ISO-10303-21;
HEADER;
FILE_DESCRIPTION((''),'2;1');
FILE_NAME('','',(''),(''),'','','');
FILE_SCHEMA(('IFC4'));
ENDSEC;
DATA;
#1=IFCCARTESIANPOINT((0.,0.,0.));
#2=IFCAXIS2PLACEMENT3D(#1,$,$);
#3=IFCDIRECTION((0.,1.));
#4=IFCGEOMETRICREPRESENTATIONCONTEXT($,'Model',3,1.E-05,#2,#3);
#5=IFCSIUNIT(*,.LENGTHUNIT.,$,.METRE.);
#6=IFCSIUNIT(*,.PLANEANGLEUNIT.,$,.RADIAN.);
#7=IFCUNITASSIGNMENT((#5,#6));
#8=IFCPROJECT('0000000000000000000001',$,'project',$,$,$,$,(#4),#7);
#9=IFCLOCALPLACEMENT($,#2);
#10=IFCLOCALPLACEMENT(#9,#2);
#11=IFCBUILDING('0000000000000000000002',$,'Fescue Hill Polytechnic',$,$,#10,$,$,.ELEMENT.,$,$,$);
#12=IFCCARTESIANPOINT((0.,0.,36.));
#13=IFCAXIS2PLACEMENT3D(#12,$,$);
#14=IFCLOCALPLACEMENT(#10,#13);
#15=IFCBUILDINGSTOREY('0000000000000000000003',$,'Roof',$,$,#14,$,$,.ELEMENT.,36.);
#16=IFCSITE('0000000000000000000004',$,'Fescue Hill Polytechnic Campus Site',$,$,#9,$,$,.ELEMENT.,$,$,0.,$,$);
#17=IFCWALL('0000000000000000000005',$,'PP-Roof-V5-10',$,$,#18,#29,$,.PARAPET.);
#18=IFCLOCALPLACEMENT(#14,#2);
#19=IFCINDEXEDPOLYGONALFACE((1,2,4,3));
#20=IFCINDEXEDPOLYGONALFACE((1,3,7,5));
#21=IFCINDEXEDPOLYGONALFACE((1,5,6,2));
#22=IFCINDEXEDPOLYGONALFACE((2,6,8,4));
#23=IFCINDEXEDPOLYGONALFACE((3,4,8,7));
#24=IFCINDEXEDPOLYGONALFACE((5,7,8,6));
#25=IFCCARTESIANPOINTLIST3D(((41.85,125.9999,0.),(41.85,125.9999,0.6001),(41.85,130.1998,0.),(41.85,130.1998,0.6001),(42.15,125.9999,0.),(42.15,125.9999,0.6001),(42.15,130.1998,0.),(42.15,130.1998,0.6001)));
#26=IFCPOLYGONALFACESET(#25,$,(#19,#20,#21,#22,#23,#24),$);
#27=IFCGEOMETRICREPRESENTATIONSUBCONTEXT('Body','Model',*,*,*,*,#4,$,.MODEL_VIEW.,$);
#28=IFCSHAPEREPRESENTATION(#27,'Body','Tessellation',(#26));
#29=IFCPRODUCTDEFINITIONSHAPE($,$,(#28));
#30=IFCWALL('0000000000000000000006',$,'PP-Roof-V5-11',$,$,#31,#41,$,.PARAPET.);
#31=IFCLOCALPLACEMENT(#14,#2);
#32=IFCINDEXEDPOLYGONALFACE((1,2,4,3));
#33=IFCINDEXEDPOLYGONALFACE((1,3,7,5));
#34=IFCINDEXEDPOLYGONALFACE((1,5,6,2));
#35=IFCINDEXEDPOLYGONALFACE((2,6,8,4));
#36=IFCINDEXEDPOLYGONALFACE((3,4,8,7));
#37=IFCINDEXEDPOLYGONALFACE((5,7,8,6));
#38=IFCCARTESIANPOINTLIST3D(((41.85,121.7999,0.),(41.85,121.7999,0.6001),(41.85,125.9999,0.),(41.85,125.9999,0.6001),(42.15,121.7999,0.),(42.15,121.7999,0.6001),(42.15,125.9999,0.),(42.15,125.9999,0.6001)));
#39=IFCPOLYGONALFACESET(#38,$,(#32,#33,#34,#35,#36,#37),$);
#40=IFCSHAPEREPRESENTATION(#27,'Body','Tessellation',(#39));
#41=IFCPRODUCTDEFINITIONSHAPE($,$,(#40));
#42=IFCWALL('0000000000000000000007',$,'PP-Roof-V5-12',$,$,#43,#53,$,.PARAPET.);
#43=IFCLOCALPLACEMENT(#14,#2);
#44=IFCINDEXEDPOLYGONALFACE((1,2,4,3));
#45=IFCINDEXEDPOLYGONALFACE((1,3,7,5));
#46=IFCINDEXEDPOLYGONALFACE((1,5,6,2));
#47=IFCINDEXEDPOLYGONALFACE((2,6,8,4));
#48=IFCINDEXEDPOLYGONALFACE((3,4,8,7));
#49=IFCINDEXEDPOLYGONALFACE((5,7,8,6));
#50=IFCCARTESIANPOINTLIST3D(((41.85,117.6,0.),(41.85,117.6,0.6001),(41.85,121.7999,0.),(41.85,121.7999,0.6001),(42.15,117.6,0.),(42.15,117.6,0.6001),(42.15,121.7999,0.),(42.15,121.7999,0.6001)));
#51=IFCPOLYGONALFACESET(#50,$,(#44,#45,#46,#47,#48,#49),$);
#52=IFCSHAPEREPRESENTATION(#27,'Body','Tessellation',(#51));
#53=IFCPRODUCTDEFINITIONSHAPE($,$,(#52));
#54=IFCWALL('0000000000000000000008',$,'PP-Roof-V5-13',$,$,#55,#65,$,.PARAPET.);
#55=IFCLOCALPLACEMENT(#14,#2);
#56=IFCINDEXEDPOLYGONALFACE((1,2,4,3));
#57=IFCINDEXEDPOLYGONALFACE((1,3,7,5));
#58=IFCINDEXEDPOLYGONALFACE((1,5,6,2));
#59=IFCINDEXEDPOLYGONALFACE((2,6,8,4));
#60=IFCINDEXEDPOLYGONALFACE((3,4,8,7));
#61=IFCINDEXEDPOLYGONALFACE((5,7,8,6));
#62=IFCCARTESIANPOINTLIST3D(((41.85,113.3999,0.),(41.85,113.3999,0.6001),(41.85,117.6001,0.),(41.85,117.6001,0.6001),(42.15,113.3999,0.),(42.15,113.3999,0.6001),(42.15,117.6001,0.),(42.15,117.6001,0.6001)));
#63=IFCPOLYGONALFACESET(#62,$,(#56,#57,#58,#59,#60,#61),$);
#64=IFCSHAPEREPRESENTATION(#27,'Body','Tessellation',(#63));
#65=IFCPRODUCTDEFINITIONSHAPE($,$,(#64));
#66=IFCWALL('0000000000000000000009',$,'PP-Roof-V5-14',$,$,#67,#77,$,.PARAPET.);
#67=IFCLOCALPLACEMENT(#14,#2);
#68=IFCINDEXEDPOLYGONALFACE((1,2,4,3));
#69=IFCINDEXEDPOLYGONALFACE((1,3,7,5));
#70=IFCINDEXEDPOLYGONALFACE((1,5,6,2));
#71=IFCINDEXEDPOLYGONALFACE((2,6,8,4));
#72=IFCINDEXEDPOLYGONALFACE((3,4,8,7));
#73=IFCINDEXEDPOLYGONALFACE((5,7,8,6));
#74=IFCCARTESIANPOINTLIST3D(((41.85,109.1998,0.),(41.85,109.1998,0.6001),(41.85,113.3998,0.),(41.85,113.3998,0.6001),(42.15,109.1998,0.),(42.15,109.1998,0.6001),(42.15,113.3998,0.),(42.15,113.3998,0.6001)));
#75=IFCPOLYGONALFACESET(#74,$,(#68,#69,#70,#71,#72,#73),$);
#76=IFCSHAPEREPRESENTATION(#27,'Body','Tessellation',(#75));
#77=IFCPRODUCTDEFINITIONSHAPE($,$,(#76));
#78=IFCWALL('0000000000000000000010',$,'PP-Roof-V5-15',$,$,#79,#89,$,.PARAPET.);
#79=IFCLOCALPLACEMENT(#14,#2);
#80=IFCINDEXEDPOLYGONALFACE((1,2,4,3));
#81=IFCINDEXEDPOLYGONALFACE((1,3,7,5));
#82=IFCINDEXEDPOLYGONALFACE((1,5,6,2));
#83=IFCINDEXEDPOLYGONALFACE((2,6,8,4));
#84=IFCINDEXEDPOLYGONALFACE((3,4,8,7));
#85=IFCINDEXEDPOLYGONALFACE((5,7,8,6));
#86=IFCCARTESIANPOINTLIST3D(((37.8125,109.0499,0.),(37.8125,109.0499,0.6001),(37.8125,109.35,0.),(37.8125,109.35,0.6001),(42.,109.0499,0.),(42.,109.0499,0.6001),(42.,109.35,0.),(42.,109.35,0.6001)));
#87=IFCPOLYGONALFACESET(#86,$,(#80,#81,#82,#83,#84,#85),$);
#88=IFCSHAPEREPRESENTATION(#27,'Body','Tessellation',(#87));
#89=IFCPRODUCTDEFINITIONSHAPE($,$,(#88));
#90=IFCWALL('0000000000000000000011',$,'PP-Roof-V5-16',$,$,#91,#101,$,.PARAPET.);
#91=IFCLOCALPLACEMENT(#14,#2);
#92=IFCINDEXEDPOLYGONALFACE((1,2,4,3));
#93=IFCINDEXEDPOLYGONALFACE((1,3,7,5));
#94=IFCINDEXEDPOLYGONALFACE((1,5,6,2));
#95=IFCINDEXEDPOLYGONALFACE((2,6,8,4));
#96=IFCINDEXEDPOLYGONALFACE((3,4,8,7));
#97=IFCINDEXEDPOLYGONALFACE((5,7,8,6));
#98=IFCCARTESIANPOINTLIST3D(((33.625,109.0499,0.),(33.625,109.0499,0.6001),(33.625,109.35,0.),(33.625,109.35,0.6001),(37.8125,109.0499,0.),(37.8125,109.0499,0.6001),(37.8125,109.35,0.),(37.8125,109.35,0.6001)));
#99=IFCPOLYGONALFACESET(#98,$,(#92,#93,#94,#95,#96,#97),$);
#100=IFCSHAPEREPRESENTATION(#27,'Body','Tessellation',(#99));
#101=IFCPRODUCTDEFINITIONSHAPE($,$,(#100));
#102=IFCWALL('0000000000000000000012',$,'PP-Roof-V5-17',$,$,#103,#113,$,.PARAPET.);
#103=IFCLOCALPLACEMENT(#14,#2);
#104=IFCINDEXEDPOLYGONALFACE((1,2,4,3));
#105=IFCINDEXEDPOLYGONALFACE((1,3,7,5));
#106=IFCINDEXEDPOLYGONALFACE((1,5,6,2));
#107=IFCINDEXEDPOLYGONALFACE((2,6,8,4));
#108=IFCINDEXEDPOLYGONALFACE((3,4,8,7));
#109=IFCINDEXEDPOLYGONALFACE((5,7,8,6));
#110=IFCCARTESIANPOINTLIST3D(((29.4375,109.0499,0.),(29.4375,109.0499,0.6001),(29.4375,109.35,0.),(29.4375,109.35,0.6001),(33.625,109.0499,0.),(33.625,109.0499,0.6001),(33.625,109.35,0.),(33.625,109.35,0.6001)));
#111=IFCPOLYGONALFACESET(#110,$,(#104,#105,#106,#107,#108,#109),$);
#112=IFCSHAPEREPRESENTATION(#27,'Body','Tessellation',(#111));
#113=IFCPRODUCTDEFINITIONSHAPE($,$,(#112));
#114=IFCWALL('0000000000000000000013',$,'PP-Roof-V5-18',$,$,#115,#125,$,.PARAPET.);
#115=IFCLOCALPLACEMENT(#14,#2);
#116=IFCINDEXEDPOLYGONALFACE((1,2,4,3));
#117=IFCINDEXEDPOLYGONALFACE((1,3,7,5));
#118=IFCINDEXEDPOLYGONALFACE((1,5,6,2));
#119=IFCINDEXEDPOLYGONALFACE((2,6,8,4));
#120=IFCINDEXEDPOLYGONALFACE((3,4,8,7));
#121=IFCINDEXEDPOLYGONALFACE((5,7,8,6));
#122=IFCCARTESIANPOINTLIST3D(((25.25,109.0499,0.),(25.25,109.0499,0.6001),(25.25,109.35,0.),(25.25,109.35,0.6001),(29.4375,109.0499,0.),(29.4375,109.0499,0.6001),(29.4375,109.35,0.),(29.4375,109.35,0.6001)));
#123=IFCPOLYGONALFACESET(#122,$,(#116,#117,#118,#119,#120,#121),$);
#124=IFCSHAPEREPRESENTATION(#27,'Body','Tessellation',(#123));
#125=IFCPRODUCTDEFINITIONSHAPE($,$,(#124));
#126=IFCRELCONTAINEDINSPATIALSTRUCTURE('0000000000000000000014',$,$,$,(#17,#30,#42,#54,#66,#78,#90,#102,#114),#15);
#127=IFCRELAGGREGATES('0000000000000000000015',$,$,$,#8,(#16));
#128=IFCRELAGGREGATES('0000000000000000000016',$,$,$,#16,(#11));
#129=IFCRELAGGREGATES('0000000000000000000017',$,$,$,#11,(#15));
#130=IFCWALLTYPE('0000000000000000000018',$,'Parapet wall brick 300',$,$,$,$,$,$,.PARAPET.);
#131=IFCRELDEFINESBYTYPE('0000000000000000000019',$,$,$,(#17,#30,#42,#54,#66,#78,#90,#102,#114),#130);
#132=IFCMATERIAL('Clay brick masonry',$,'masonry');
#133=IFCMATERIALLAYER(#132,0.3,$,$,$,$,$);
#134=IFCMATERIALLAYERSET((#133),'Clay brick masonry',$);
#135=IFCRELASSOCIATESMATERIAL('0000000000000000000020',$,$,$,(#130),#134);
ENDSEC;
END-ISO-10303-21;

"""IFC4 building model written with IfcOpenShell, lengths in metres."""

from ifc_helpers import new_model, si_unit, direction, frame, frame_2d, origin, place, context, subcontext, project, spatial, rectangle, extrude, material, layer, layer_set, type_object, element, save


model = new_model("IFC4")

# Units and contexts
model_context = context("Model", 3, precision=1e-05, world=origin(), true_north=direction((0.0, 1.0)))
body_context = subcontext(model_context, "Body", "Model", "MODEL_VIEW")
ifc_project = project(units=[si_unit("LENGTHUNIT", "METRE"), si_unit("PLANEANGLEUNIT", "RADIAN")], contexts=[model_context])

# Site, building, storey
site_placement = place(None, origin())
site = spatial("IfcSite", under=ifc_project, at=site_placement, Name="Fescue Hill Polytechnic Campus Site", CompositionType="ELEMENT", RefElevation=0.0)
building_placement = place(site_placement, origin())
building = spatial("IfcBuilding", under=site, at=building_placement, Name="Fescue Hill Polytechnic", CompositionType="ELEMENT")
storey_placement = place(building_placement, frame((0.0, 0.0, 36.0)))
storey = spatial("IfcBuildingStorey", under=building, at=storey_placement, Name="Roof", CompositionType="ELEMENT", Elevation=36.0)

# Walls
ifc_material_1 = material(Name="Clay brick masonry", Category="masonry")
ifc_layer_1 = layer(ifc_material_1, 0.3)
ifc_layer_set_1 = layer_set([ifc_layer_1], Name="Clay brick masonry")
wall_type_1 = type_object("IfcWallType", Name="Parapet wall brick 300", PredefinedType="PARAPET", material=ifc_layer_set_1)
for number, where, z_axis, x_axis, name in (
    (1, (42.0, 130.2, 0.0), (0.0, 0.0, 1.0), (0.0, -1.0, 0.0), "PP-Roof-V5-10"),
    (2, (42.0, 126.0, 0.0), (0.0, 0.0, 1.0), (0.0, -1.0, 0.0), "PP-Roof-V5-11"),
    (3, (42.0, 121.8, 0.0), (0.0, 0.0, 1.0), (0.0, -1.0, 0.0), "PP-Roof-V5-12"),
):
    element("IfcWall", number, at=place(storey_placement, frame(where, z_axis=z_axis, x_axis=x_axis)), inside=storey, type_object=wall_type_1, Name=name, PredefinedType="PARAPET", context=body_context, shape_type="SweptSolid", body=[
        extrude(rectangle(XDim=4.2, YDim=0.3, at=frame_2d((2.1001, 0.0))), origin(), (0.0, 0.0, 1.0), 0.6001),
    ])
wall_1_placement = place(storey_placement, frame((42.0, 117.6001, 0.0), z_axis=(0.0, 0.0, 1.0), x_axis=(0.0, -1.0, 0.0)))
element("IfcWall", 4, at=wall_1_placement, inside=storey, type_object=wall_type_1, Name="PP-Roof-V5-13", PredefinedType="PARAPET", context=body_context, shape_type="SweptSolid", body=[
    extrude(rectangle(XDim=4.2002, YDim=0.3, at=frame_2d((2.1001, 0.0))), origin(), (0.0, 0.0, 1.0), 0.6001),
])
wall_2_placement = place(storey_placement, frame((42.0, 113.3999, 0.0), z_axis=(0.0, 0.0, 1.0), x_axis=(0.0, -1.0, 0.0)))
element("IfcWall", 5, at=wall_2_placement, inside=storey, type_object=wall_type_1, Name="PP-Roof-V5-14", PredefinedType="PARAPET", context=body_context, shape_type="SweptSolid", body=[
    extrude(rectangle(XDim=4.2, YDim=0.3, at=frame_2d((2.1001, 0.0))), origin(), (0.0, 0.0, 1.0), 0.6001),
])
for number, where, z_axis, x_axis, name in (
    (6, (42.0, 109.2, 0.0), (0.0, 0.0, 1.0), (-1.0, 0.0, 0.0), "PP-Roof-V5-15"),
    (7, (37.8125, 109.2, 0.0), (0.0, 0.0, 1.0), (-1.0, 0.0, 0.0), "PP-Roof-V5-16"),
    (8, (33.625, 109.2, 0.0), (0.0, 0.0, 1.0), (-1.0, 0.0, 0.0), "PP-Roof-V5-17"),
    (9, (29.4375, 109.2, 0.0), (0.0, 0.0, 1.0), (-1.0, 0.0, 0.0), "PP-Roof-V5-18"),
):
    element("IfcWall", number, at=place(storey_placement, frame(where, z_axis=z_axis, x_axis=x_axis)), inside=storey, type_object=wall_type_1, Name=name, PredefinedType="PARAPET", context=body_context, shape_type="SweptSolid", body=[
        extrude(rectangle(XDim=4.1875, YDim=0.3, at=frame_2d((2.0938, 0.0))), origin(), (0.0, 0.0, 1.0), 0.6001),
    ])

save(model, "model.ifc")
